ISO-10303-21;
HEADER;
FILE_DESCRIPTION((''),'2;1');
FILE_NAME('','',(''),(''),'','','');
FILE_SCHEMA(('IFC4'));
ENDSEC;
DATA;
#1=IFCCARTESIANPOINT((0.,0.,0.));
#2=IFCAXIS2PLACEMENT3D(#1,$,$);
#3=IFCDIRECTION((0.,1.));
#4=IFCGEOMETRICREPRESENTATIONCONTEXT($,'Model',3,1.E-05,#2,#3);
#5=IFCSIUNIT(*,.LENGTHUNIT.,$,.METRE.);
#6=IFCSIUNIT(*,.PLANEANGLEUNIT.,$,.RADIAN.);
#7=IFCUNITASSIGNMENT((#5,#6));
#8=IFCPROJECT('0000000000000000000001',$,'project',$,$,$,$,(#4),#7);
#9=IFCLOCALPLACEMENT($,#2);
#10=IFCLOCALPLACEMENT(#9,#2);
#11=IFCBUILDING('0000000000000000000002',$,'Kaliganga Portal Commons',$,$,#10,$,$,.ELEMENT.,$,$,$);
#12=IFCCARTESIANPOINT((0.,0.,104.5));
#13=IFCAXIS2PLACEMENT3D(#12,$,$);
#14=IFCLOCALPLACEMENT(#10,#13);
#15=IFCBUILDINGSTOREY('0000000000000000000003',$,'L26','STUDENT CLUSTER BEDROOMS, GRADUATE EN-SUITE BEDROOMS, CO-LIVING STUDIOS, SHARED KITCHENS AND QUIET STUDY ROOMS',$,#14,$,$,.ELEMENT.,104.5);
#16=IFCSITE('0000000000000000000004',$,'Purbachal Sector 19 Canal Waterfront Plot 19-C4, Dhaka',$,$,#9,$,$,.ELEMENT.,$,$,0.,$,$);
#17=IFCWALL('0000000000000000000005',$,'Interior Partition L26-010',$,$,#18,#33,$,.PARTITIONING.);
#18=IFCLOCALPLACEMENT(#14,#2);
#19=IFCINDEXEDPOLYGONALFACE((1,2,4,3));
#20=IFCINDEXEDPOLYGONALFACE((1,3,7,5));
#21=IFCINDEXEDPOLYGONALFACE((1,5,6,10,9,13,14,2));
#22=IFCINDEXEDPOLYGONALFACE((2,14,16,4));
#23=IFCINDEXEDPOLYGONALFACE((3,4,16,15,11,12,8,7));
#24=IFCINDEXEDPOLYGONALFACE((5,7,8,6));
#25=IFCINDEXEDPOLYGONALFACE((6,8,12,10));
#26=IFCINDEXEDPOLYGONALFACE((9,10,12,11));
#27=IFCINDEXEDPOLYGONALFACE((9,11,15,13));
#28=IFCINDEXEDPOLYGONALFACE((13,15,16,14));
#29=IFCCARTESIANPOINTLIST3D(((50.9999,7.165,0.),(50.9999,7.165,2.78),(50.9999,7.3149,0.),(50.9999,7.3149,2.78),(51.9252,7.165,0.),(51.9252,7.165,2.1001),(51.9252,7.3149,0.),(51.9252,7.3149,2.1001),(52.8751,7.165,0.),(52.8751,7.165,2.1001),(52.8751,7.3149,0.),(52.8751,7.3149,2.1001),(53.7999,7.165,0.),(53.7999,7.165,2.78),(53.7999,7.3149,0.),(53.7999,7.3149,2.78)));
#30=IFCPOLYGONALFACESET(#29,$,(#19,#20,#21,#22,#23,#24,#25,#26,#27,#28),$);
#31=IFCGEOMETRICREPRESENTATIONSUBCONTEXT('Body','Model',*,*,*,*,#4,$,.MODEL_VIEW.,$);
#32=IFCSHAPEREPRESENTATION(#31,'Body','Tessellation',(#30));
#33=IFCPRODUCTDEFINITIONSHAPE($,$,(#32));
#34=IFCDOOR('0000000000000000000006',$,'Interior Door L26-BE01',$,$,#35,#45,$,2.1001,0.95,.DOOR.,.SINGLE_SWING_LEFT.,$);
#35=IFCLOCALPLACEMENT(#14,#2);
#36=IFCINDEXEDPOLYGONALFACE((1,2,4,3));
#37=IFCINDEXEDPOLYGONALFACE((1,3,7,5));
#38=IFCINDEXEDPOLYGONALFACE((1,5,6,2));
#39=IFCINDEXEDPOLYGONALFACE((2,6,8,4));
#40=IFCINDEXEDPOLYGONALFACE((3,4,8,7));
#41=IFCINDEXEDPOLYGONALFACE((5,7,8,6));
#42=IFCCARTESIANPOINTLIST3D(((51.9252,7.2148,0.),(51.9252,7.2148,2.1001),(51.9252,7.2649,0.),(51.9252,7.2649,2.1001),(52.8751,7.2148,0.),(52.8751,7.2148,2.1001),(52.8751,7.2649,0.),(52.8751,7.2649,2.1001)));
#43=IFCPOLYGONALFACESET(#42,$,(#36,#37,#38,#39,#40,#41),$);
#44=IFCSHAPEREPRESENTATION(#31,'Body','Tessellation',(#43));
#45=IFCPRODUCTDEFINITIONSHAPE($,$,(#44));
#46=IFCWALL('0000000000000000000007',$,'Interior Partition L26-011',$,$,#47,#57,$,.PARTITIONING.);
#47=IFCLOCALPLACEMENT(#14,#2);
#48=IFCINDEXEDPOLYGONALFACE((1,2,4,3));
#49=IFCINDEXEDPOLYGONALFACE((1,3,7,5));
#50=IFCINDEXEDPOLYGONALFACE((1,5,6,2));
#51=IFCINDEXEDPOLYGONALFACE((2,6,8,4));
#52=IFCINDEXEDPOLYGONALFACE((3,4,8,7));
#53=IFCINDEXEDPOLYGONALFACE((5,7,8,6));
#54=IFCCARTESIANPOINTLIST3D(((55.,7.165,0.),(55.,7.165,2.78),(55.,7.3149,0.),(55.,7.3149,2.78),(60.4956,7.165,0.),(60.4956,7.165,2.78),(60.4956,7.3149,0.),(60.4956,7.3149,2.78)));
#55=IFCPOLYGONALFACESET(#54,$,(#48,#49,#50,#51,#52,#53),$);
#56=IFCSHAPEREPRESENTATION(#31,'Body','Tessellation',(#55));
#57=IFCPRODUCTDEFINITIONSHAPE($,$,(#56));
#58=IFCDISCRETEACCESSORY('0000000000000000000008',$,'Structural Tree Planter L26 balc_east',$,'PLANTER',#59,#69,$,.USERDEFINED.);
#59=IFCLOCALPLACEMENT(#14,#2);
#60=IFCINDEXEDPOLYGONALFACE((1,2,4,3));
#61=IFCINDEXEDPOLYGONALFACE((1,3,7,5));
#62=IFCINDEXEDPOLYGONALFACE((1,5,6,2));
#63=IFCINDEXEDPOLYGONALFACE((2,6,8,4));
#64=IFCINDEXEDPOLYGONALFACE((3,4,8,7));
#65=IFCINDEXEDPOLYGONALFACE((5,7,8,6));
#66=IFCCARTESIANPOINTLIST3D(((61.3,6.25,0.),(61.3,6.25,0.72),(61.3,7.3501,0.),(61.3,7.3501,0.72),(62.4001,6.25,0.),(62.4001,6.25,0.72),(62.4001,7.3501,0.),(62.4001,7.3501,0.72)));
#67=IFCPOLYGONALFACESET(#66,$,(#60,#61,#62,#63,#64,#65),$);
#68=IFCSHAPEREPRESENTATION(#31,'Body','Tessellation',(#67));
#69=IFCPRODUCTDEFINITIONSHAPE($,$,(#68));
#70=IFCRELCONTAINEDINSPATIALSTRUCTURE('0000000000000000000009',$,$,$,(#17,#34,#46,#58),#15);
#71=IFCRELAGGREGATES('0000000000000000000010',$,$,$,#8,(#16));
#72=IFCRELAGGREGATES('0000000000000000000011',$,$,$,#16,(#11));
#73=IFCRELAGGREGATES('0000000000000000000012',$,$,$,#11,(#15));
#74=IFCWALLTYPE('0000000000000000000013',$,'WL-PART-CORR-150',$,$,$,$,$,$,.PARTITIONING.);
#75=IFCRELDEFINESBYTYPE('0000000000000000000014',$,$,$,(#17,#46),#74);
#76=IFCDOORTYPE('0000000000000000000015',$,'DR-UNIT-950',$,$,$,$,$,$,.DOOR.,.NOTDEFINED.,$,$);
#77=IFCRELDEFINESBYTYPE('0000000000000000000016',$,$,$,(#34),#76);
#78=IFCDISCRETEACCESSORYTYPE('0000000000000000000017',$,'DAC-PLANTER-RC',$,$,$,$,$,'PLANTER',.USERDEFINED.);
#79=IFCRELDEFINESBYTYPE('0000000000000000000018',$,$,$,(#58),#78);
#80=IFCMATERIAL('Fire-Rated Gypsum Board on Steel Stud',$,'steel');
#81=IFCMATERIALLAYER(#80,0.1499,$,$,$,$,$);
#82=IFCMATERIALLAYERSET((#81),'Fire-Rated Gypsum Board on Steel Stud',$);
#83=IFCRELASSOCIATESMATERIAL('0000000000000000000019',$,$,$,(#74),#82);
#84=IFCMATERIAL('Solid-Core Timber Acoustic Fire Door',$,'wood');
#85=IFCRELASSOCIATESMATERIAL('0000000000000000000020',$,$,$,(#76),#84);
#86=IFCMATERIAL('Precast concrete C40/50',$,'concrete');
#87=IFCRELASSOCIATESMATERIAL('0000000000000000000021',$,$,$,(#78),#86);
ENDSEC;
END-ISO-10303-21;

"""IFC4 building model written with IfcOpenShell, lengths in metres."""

from ifc_helpers import new_model, si_unit, direction, frame, frame_2d, origin, origin_2d, place, context, subcontext, project, spatial, rectangle, extrude, source, transform, mapped, material, layer, layer_set, type_object, element, fill, save


model = new_model("IFC4")

# Units and contexts
model_context = context("Model", 3, precision=1e-05, world=origin(), true_north=direction((0.0, 1.0)))
body_context = subcontext(model_context, "Body", "Model", "MODEL_VIEW")
ifc_project = project(units=[si_unit("LENGTHUNIT", "METRE"), si_unit("PLANEANGLEUNIT", "RADIAN")], contexts=[model_context])

# Site, building, storey
site_placement = place(None, origin())
site = spatial("IfcSite", under=ifc_project, at=site_placement, Name="Purbachal Sector 19 Canal Waterfront Plot 19-C4, Dhaka", CompositionType="ELEMENT", RefElevation=0.0)
building_placement = place(site_placement, origin())
building = spatial("IfcBuilding", under=site, at=building_placement, Name="Kaliganga Portal Commons", CompositionType="ELEMENT")
storey_placement = place(building_placement, frame((0.0, 0.0, 104.5)))
storey = spatial("IfcBuildingStorey", under=building, at=storey_placement, Name="L26", Description="STUDENT CLUSTER BEDROOMS, GRADUATE EN-SUITE BEDROOMS, CO-LIVING STUDIOS, SHARED KITCHENS AND QUIET STUDY ROOMS", CompositionType="ELEMENT", Elevation=104.5)

# Wall, opening, door
ifc_material_1 = material(Name="Fire-Rated Gypsum Board on Steel Stud", Category="steel")
ifc_layer_1 = layer(ifc_material_1, 0.1499)
ifc_layer_set_1 = layer_set([ifc_layer_1], Name="Fire-Rated Gypsum Board on Steel Stud")
wall_type_1 = type_object("IfcWallType", Name="WL-PART-CORR-150", PredefinedType="PARTITIONING", material=ifc_layer_set_1)
wall_1_placement = place(storey_placement, frame((51.0, 7.24, 0.0), z_axis=(0.0, 0.0, 1.0), x_axis=(1.0, 0.0, 0.0)))
wall_1 = element("IfcWall", 1, at=wall_1_placement, inside=storey, type_object=wall_type_1, Name="Interior Partition L26-010", PredefinedType="PARTITIONING", context=body_context, shape_type="SweptSolid", body=[
    extrude(rectangle(XDim=2.8, YDim=0.1499, at=frame_2d((1.3999, 0.0))), origin(), (0.0, 0.0, 1.0), 2.78),
])
opening_1_placement = place(wall_1_placement, frame((0.925, 0.0, 0.0)))
opening_1 = element("IfcOpeningElement", 2, at=opening_1_placement, cuts=wall_1, PredefinedType="OPENING", context=body_context, shape_type="SweptSolid", body=[
    extrude(rectangle(XDim=0.95, YDim=2.1001, at=frame_2d((0.4751, 1.05))), frame((0.0, 0.085, 0.0), z_axis=(0.0, -1.0, 0.0), x_axis=(1.0, 0.0, 0.0)), (0.0, 0.0, 1.0), 0.1699),
])
ifc_material_2 = material(Name="Solid-Core Timber Acoustic Fire Door", Category="wood")
door_type_1 = type_object("IfcDoorType", Name="DR-UNIT-950", OperationType="NOTDEFINED", PredefinedType="DOOR", material=ifc_material_2)
door_1_placement = place(opening_1_placement, origin())
door_1 = element("IfcDoor", 3, at=door_1_placement, inside=storey, type_object=door_type_1, Name="Interior Door L26-BE01", OperationType="SINGLE_SWING_LEFT", OverallHeight=2.1001, OverallWidth=0.95, PredefinedType="DOOR", context=body_context, shape_type="SweptSolid", body=[
    extrude(rectangle(XDim=0.95, YDim=2.1001, at=frame_2d((0.4751, 1.05))), frame((0.0, 0.0249, 0.0), z_axis=(0.0, -1.0, 0.0), x_axis=(1.0, 0.0, 0.0)), (0.0, 0.0, 1.0), 0.05),
])
fill(opening_1, door_1)

# Wall
wall_2_placement = place(storey_placement, frame((55.0, 7.24, 0.0), z_axis=(0.0, 0.0, 1.0), x_axis=(1.0, 0.0, 0.0)))
element("IfcWall", 4, at=wall_2_placement, inside=storey, type_object=wall_type_1, Name="Interior Partition L26-011", PredefinedType="PARTITIONING", context=body_context, shape_type="SweptSolid", body=[
    extrude(rectangle(XDim=5.4956, YDim=0.1499, at=frame_2d((2.7478, 0.0))), origin(), (0.0, 0.0, 1.0), 2.78),
])

# Discrete accessory
ifc_material_3 = material(Name="Precast concrete C40/50", Category="concrete")
discrete_accessory_type = type_object("IfcDiscreteAccessoryType", Name="DAC-PLANTER-RC", ElementType="PLANTER", PredefinedType="USERDEFINED", material=ifc_material_3)
shared_shape_1 = source(origin(), body_context, "Body", "SweptSolid", [
    extrude(rectangle(XDim=1.1001, YDim=1.1001, at=origin_2d()), origin(), (0.0, 0.0, 1.0), 0.72),
])
discrete_accessory_placement = place(storey_placement, frame((61.8501, 6.8, 0.0), z_axis=(0.0, 0.0, 1.0), x_axis=(1.0, 0.0, 0.0)))
element("IfcDiscreteAccessory", 5, at=discrete_accessory_placement, inside=storey, type_object=discrete_accessory_type, Name="Structural Tree Planter L26 balc_east", ObjectType="PLANTER", PredefinedType="USERDEFINED", context=body_context, shape_type="MappedRepresentation", body=[
    mapped(shared_shape_1, transform((0.0, 0.0, 0.0), x_axis=(1.0, 0.0, 0.0), y_axis=(0.0, 1.0, 0.0), z_axis=(0.0, 0.0, 1.0), scale=1.0)),
])

save(model, "model.ifc")
